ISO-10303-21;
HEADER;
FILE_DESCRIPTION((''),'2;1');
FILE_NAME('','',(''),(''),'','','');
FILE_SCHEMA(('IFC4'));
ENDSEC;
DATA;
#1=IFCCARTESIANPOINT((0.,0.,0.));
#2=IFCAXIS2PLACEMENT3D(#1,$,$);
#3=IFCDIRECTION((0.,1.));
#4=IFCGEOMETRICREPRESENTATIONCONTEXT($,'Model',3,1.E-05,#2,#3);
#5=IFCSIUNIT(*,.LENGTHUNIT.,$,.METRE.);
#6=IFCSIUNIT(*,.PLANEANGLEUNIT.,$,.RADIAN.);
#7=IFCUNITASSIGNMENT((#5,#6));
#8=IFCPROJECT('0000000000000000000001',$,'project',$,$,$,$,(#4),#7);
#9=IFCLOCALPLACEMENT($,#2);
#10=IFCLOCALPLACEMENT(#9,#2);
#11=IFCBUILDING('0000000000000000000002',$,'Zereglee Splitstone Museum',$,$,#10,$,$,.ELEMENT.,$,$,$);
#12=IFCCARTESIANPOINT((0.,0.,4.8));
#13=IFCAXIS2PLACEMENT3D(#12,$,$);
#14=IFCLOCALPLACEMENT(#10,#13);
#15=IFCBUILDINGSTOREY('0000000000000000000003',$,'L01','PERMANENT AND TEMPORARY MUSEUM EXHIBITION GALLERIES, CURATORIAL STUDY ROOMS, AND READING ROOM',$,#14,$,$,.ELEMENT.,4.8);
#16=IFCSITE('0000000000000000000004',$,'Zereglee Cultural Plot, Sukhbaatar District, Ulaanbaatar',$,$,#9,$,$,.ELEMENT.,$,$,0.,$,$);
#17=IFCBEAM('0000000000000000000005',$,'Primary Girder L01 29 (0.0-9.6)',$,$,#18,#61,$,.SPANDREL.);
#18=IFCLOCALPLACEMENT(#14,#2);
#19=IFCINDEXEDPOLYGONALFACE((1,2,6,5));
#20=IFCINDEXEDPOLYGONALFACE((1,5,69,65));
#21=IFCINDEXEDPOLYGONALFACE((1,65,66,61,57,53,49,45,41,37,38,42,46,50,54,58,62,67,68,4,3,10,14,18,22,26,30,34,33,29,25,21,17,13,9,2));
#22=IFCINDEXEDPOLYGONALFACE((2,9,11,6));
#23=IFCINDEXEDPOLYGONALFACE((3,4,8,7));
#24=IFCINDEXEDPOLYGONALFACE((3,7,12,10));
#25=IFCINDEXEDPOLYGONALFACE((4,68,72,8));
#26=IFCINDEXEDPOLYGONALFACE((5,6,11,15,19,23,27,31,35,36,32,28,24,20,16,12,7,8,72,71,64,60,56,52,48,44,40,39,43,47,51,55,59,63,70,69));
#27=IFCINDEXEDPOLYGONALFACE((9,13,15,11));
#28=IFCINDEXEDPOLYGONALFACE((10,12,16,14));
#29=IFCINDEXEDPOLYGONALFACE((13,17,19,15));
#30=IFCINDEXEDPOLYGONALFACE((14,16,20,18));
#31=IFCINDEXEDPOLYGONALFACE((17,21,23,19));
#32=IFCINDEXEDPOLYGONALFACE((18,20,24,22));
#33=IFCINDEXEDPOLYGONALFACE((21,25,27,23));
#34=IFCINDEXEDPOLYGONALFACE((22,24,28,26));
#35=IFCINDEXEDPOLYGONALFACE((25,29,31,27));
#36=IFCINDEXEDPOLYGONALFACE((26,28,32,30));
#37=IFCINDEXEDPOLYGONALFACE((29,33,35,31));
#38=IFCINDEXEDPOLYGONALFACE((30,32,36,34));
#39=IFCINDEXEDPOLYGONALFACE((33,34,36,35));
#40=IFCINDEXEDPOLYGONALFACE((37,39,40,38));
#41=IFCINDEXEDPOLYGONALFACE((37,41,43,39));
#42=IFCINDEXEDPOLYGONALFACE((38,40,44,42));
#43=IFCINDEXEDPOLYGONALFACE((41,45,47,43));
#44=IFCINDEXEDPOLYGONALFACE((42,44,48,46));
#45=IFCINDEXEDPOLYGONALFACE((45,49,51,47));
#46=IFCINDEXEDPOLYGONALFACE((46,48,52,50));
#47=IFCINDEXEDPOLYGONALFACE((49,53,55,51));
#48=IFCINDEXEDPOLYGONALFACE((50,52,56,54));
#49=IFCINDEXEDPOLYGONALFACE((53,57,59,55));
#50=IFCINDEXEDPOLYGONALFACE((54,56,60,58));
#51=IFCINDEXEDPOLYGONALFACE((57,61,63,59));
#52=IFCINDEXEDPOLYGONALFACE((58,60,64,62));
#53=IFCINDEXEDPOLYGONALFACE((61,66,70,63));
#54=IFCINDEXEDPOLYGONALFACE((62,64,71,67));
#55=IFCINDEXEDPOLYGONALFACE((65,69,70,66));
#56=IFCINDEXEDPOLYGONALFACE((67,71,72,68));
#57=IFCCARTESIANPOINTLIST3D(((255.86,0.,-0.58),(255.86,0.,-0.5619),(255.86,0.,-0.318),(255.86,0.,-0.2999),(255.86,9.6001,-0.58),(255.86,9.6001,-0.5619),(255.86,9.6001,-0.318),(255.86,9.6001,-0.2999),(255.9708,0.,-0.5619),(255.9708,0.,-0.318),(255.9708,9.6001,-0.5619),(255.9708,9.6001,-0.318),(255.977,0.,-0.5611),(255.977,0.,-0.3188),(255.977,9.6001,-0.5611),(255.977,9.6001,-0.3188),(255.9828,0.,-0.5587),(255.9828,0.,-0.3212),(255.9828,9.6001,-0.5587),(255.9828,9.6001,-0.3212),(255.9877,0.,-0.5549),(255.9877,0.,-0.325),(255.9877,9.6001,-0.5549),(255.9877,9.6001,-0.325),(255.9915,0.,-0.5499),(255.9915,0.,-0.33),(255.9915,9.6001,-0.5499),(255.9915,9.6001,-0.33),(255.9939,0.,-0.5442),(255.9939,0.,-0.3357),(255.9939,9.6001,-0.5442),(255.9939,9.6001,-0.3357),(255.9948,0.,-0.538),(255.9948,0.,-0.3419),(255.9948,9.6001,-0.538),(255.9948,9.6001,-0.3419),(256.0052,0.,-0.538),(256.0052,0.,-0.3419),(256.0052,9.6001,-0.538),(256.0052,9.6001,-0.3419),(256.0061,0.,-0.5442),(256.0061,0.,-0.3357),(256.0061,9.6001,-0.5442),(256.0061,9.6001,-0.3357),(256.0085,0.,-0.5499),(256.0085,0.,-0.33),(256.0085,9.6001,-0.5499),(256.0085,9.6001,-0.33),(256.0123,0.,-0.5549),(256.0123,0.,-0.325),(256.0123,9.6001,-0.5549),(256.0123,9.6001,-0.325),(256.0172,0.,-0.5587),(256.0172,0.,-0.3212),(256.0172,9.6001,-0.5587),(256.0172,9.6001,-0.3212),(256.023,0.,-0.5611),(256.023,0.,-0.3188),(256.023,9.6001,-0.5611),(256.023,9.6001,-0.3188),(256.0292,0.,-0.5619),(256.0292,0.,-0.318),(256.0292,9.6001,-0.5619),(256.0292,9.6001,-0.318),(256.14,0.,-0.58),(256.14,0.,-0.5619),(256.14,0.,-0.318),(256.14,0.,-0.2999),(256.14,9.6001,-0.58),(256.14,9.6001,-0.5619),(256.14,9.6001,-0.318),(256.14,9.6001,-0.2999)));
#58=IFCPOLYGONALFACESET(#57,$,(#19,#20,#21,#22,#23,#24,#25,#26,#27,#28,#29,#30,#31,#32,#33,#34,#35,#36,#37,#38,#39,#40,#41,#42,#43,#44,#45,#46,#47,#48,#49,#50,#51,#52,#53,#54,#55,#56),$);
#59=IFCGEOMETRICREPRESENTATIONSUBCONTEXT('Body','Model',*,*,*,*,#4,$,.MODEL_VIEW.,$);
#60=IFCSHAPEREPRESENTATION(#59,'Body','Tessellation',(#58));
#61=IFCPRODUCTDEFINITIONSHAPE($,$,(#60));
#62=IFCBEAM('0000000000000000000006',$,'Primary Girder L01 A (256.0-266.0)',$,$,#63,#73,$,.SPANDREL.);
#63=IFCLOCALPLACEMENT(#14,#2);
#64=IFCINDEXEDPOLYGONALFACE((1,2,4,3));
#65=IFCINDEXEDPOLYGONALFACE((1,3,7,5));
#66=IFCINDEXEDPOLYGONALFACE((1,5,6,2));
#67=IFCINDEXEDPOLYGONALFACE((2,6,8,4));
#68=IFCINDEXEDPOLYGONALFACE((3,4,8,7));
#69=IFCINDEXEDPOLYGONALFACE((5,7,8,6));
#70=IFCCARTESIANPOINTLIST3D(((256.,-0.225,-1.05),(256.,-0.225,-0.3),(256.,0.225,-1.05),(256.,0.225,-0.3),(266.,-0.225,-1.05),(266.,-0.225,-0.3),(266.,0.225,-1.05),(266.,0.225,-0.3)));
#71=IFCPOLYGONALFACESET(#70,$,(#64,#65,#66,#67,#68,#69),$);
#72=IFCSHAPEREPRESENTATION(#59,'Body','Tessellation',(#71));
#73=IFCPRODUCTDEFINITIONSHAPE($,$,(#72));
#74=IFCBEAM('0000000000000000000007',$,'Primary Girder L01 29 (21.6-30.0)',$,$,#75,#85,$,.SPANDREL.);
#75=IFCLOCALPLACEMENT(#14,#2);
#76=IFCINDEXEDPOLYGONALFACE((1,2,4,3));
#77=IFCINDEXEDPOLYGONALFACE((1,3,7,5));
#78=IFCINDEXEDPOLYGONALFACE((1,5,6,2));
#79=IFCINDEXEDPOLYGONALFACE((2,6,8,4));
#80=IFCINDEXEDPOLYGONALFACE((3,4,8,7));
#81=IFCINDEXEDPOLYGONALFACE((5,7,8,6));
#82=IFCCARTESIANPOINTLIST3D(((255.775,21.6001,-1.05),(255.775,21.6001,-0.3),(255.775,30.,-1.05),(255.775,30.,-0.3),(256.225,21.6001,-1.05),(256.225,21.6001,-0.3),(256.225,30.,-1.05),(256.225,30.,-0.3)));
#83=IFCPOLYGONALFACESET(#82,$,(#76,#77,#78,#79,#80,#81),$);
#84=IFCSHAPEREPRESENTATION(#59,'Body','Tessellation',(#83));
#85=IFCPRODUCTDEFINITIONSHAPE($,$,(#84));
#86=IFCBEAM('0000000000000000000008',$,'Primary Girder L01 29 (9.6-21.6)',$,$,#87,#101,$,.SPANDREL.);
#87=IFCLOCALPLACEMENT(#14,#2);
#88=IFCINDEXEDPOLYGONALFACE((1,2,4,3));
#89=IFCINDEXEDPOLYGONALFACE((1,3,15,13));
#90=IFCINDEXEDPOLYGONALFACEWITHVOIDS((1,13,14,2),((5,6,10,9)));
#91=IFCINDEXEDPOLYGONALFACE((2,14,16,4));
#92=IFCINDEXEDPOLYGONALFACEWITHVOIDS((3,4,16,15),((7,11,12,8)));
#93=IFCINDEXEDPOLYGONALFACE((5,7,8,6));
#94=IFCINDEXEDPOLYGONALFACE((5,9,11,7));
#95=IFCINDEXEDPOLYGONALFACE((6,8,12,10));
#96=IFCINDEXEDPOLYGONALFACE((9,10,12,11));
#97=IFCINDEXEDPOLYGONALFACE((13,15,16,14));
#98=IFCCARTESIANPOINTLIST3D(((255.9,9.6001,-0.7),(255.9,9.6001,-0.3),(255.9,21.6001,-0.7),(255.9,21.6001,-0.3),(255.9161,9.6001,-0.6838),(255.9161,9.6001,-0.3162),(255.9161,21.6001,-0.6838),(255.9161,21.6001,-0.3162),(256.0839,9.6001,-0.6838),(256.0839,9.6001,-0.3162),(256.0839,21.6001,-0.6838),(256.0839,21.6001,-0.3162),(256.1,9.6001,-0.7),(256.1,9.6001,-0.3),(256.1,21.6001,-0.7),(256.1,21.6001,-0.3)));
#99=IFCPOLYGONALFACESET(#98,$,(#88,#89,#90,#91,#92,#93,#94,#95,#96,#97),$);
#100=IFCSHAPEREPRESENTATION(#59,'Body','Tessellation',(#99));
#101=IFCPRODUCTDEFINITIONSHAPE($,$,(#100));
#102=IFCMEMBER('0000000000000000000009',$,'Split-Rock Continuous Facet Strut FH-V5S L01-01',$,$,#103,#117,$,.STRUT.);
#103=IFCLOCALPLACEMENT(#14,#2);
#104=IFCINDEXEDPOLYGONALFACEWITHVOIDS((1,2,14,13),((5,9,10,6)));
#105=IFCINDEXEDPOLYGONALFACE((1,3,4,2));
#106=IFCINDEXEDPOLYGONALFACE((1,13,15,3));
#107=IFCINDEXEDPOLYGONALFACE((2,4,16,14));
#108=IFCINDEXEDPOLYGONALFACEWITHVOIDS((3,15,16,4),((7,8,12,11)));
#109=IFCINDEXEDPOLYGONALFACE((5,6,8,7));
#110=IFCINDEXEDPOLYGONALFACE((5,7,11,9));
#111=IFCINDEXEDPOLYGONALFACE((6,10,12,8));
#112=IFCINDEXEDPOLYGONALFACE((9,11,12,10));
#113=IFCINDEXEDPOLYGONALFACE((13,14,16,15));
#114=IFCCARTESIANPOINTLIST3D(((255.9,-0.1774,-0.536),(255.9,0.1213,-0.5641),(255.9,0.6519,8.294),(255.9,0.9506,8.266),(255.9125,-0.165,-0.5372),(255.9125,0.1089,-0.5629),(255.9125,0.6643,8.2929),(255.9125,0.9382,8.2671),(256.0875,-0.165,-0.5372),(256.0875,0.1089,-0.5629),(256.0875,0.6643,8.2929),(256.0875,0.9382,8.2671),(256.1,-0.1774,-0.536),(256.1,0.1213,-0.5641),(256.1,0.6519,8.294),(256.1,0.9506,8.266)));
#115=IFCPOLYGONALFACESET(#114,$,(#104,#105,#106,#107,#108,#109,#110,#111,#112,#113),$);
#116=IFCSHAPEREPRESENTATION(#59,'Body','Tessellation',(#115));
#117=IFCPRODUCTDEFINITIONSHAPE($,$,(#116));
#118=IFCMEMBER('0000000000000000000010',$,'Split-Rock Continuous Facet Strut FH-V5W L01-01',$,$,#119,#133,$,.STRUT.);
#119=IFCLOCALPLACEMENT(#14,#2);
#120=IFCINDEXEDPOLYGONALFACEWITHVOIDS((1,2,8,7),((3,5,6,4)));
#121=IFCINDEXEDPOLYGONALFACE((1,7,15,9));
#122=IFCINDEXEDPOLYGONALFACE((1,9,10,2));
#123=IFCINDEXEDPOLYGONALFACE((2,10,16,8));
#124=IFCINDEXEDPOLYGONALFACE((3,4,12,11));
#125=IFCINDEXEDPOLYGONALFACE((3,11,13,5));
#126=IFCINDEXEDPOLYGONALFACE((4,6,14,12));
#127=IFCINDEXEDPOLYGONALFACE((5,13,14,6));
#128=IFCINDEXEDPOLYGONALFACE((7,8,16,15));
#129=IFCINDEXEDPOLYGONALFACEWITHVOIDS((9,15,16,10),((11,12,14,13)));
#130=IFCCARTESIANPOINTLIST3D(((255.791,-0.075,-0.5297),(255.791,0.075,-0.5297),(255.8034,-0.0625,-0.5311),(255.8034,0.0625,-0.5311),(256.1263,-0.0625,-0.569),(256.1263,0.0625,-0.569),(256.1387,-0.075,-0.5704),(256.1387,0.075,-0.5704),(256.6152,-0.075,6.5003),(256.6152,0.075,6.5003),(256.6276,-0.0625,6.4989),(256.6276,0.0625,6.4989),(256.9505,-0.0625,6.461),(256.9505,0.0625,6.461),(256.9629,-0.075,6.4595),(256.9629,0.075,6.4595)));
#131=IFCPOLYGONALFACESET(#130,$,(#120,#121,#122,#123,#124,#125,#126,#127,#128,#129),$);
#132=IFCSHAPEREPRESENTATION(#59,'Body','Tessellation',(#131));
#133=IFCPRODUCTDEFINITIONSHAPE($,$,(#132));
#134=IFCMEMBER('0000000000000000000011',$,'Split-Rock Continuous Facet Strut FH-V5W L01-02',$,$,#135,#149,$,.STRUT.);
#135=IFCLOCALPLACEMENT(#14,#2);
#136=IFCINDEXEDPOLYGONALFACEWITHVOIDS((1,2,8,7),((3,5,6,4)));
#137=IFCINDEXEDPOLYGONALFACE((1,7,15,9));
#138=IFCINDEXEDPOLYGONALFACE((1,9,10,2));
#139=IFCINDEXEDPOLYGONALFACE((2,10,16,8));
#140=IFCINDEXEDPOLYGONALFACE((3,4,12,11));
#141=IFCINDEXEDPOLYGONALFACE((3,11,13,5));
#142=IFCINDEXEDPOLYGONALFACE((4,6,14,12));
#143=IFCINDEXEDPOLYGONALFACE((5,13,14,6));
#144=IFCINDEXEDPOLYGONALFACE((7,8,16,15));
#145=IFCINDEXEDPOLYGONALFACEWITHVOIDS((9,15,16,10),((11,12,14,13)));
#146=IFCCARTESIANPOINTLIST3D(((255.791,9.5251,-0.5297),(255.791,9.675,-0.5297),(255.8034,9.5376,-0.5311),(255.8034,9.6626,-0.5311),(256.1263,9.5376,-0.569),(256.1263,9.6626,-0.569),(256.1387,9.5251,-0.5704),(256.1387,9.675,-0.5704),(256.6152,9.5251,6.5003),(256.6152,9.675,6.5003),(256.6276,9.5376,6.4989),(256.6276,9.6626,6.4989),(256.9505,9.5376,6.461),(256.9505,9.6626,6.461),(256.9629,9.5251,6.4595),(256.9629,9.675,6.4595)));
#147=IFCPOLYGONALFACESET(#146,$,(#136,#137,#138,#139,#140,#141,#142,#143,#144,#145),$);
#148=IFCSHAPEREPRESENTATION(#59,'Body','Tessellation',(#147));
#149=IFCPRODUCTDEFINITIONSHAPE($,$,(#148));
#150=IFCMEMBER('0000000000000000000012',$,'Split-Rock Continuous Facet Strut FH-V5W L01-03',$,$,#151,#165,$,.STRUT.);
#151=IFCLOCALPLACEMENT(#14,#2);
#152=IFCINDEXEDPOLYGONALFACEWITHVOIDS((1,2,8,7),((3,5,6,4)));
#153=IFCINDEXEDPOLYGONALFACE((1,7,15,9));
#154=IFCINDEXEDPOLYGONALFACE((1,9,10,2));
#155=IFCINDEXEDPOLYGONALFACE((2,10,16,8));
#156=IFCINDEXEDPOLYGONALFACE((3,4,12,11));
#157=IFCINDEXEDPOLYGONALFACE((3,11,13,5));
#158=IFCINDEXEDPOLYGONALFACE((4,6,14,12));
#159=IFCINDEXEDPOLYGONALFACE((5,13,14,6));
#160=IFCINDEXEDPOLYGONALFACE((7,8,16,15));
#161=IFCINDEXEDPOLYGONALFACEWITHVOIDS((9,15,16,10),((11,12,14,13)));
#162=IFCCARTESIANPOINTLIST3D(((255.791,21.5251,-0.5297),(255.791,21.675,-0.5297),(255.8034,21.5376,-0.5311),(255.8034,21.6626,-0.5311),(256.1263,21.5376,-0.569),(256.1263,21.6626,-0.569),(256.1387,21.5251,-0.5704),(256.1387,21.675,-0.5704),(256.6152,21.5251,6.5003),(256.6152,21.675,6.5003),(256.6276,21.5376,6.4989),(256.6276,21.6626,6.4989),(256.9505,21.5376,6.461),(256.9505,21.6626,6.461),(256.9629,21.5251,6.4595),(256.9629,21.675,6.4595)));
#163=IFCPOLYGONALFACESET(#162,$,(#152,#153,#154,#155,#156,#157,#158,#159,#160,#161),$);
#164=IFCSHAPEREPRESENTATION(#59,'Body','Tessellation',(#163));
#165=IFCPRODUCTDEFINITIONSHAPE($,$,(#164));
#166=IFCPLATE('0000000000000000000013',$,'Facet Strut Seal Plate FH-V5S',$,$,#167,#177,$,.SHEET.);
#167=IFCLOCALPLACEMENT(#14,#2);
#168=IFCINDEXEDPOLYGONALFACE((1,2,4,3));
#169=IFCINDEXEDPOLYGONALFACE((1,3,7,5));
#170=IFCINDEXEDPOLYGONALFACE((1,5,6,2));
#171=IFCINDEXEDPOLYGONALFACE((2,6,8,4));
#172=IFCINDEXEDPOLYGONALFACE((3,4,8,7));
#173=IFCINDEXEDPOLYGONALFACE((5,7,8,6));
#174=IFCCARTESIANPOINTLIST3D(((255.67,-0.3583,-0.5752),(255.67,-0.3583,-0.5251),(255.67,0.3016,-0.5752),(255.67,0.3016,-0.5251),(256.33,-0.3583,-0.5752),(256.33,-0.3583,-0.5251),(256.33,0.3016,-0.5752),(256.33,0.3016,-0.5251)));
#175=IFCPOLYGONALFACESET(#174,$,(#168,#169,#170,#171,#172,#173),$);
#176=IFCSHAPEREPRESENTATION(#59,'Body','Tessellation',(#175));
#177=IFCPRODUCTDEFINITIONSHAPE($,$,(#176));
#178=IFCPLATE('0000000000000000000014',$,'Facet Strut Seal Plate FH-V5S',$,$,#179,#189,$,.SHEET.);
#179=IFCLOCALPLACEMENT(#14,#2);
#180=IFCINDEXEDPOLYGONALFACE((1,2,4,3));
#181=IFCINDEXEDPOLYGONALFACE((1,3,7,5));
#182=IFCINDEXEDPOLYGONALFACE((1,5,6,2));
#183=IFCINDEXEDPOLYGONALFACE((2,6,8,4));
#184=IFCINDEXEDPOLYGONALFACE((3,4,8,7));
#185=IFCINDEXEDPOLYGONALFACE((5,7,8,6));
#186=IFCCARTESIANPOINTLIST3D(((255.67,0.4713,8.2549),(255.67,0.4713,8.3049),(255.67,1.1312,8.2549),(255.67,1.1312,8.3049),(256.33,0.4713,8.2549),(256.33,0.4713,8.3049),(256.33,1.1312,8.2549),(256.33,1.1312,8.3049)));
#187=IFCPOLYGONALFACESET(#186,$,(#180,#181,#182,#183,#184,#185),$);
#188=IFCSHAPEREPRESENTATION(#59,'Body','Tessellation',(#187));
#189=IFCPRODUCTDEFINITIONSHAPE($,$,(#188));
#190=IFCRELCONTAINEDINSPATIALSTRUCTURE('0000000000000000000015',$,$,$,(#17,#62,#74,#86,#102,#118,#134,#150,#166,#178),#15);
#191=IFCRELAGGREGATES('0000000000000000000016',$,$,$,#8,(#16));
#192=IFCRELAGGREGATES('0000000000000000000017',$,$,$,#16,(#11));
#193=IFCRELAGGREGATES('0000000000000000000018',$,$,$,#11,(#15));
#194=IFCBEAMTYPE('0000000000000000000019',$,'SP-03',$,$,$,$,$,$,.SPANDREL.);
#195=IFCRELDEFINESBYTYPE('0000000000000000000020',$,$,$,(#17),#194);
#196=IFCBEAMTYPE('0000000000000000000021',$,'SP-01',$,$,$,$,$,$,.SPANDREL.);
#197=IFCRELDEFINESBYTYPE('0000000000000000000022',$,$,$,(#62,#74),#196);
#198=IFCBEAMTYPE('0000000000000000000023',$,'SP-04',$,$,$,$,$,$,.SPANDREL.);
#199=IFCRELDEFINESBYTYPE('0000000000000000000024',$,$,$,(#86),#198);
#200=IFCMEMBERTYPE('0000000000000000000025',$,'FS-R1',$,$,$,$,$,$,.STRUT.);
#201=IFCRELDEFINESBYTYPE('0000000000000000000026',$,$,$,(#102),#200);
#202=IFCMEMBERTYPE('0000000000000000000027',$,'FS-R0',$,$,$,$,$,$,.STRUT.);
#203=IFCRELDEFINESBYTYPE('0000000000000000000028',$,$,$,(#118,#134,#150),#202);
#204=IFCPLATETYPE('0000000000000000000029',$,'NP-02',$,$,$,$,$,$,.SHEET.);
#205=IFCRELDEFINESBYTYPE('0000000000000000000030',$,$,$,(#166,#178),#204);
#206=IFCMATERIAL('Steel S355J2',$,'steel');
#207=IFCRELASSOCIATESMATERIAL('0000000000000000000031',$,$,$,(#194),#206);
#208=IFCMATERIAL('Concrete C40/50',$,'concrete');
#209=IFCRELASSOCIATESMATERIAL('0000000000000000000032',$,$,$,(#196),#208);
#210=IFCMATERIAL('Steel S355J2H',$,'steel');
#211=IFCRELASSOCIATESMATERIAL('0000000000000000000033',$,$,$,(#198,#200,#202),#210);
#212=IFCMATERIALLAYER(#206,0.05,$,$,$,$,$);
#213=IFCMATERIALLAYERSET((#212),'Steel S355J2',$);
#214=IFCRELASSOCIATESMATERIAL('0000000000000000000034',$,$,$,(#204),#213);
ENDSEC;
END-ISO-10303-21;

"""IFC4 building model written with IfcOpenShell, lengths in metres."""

from ifc_helpers import new_model, si_unit, direction, frame, origin, origin_2d, place, context, subcontext, project, spatial, rectangle, hollow_rectangle, i_section, extrude, material, layer, layer_set, material_profile, profile_set, type_object, element, save


model = new_model("IFC4")

# Units and contexts
model_context = context("Model", 3, precision=1e-05, world=origin(), true_north=direction((0.0, 1.0)))
body_context = subcontext(model_context, "Body", "Model", "MODEL_VIEW")
ifc_project = project(units=[si_unit("LENGTHUNIT", "METRE"), si_unit("PLANEANGLEUNIT", "RADIAN")], contexts=[model_context])

# Site, building, storey
site_placement = place(None, origin())
site = spatial("IfcSite", under=ifc_project, at=site_placement, Name="Zereglee Cultural Plot, Sukhbaatar District, Ulaanbaatar", CompositionType="ELEMENT", RefElevation=0.0)
building_placement = place(site_placement, origin())
building = spatial("IfcBuilding", under=site, at=building_placement, Name="Zereglee Splitstone Museum", CompositionType="ELEMENT")
storey_placement = place(building_placement, frame((0.0, 0.0, 4.8)))
storey = spatial("IfcBuildingStorey", under=building, at=storey_placement, Name="L01", Description="PERMANENT AND TEMPORARY MUSEUM EXHIBITION GALLERIES, CURATORIAL STUDY ROOMS, AND READING ROOM", CompositionType="ELEMENT", Elevation=4.8)

# Shared definitions
ifc_material_1 = material(Name="Steel S355J2H", Category="steel")

# Beams
ifc_material_2 = material(Name="Steel S355J2", Category="steel")
ifc_material_profile_1 = material_profile(ifc_material_2, i_section(OverallWidth=0.28, OverallDepth=0.28, WebThickness=0.0105, FlangeThickness=0.0181, FilletRadius=0.0239, at=origin_2d()), Name="HE 280 B")
ifc_profile_set_1 = profile_set([ifc_material_profile_1], Name="Steel S355J2")
beam_type_1 = type_object("IfcBeamType", Name="SP-03", PredefinedType="SPANDREL", material=ifc_profile_set_1)
beam_1_placement = place(storey_placement, frame((256.0, 0.0, -0.4399), z_axis=(0.0, 1.0, 0.0), x_axis=(-1.0, 0.0, 0.0)))
element("IfcBeam", 1, at=beam_1_placement, inside=storey, type_object=beam_type_1, Name="Primary Girder L01 29 (0.0-9.6)", PredefinedType="SPANDREL", context=body_context, shape_type="SweptSolid", body=[
    extrude(i_section(OverallWidth=0.28, OverallDepth=0.28, WebThickness=0.0105, FlangeThickness=0.0181, FilletRadius=0.0239, at=origin_2d()), origin(), (0.0, 0.0, 1.0), 9.6001),
])
ifc_material_3 = material(Name="Concrete C40/50", Category="concrete")
ifc_material_profile_2 = material_profile(ifc_material_3, rectangle(XDim=0.45, YDim=0.75, at=origin_2d()), Name="RC 450x750")
ifc_profile_set_2 = profile_set([ifc_material_profile_2], Name="Concrete C40/50")
beam_type_2 = type_object("IfcBeamType", Name="SP-01", PredefinedType="SPANDREL", material=ifc_profile_set_2)
beam_2_placement = place(storey_placement, frame((256.0, 0.0, -0.675), z_axis=(1.0, 0.0, 0.0), x_axis=(0.0, 1.0, 0.0)))
element("IfcBeam", 2, at=beam_2_placement, inside=storey, type_object=beam_type_2, Name="Primary Girder L01 A (256.0-266.0)", PredefinedType="SPANDREL", context=body_context, shape_type="SweptSolid", body=[
    extrude(rectangle(XDim=0.45, YDim=0.75, at=origin_2d()), origin(), (0.0, 0.0, 1.0), 10.0),
])
beam_3_placement = place(storey_placement, frame((256.0, 21.6001, -0.675), z_axis=(0.0, 1.0, 0.0), x_axis=(-1.0, 0.0, 0.0)))
element("IfcBeam", 3, at=beam_3_placement, inside=storey, type_object=beam_type_2, Name="Primary Girder L01 29 (21.6-30.0)", PredefinedType="SPANDREL", context=body_context, shape_type="SweptSolid", body=[
    extrude(rectangle(XDim=0.45, YDim=0.75, at=origin_2d()), origin(), (0.0, 0.0, 1.0), 8.3999),
])
ifc_material_profile_3 = material_profile(ifc_material_1, hollow_rectangle(XDim=0.2, YDim=0.3999, WallThickness=0.0161, at=origin_2d()), Name="RHS 400x200x16")
ifc_profile_set_3 = profile_set([ifc_material_profile_3], Name="Steel S355J2H")
beam_type_3 = type_object("IfcBeamType", Name="SP-04", PredefinedType="SPANDREL", material=ifc_profile_set_3)
beam_4_placement = place(storey_placement, frame((256.0, 9.6001, -0.5), z_axis=(0.0, 1.0, 0.0), x_axis=(-1.0, 0.0, 0.0)))
element("IfcBeam", 4, at=beam_4_placement, inside=storey, type_object=beam_type_3, Name="Primary Girder L01 29 (9.6-21.6)", PredefinedType="SPANDREL", context=body_context, shape_type="SweptSolid", body=[
    extrude(hollow_rectangle(XDim=0.2, YDim=0.3999, WallThickness=0.0161, at=origin_2d()), origin(), (0.0, 0.0, 1.0), 12.0),
])

# Members
ifc_material_profile_4 = material_profile(ifc_material_1, hollow_rectangle(XDim=0.2, YDim=0.3, WallThickness=0.0125, at=origin_2d()), Name="RHS 300x200x12.5")
ifc_profile_set_4 = profile_set([ifc_material_profile_4], Name="Steel S355J2H")
member_type_1 = type_object("IfcMemberType", Name="FS-R1", PredefinedType="STRUT", material=ifc_profile_set_4)
member_placement = place(storey_placement, frame((256.0, -0.0281, -0.55), z_axis=(0.0, 0.093511, 0.995618), x_axis=(-1.0, 0.0, 0.0)))
element("IfcMember", 5, at=member_placement, inside=storey, type_object=member_type_1, Name="Split-Rock Continuous Facet Strut FH-V5S L01-01", PredefinedType="STRUT", context=body_context, shape_type="SweptSolid", body=[
    extrude(hollow_rectangle(XDim=0.2, YDim=0.3, WallThickness=0.0125, at=origin_2d()), origin(), (0.0, 0.0, 1.0), 8.8689),
])
ifc_material_profile_5 = material_profile(ifc_material_1, hollow_rectangle(XDim=0.1499, YDim=0.3501, WallThickness=0.0125, at=origin_2d()), Name="RHS 350x150x12.5")
ifc_profile_set_5 = profile_set([ifc_material_profile_5], Name="Steel S355J2H")
member_type_2 = type_object("IfcMemberType", Name="FS-R0", PredefinedType="STRUT", material=ifc_profile_set_5)
for number, where, z_axis, x_axis, name in (
    (6, (255.9648, 0.0, -0.55), (0.116445, 0.0, 0.993197), (0.0, 1.0, 0.0), "Split-Rock Continuous Facet Strut FH-V5W L01-01"),
    (7, (255.9648, 9.6001, -0.55), (0.116445, 0.0, 0.993197), (0.0, 1.0, 0.0), "Split-Rock Continuous Facet Strut FH-V5W L01-02"),
    (8, (255.9648, 21.6001, -0.55), (0.116445, 0.0, 0.993197), (0.0, 1.0, 0.0), "Split-Rock Continuous Facet Strut FH-V5W L01-03"),
):
    element("IfcMember", number, at=place(storey_placement, frame(where, z_axis=z_axis, x_axis=x_axis)), inside=storey, type_object=member_type_2, Name=name, PredefinedType="STRUT", context=body_context, shape_type="SweptSolid", body=[
        extrude(hollow_rectangle(XDim=0.1499, YDim=0.3501, WallThickness=0.0125, at=origin_2d()), origin(), (0.0, 0.0, 1.0), 7.0781),
    ])

# Plates
ifc_layer_1 = layer(ifc_material_2, 0.05)
ifc_layer_set_1 = layer_set([ifc_layer_1], Name="Steel S355J2")
plate_type = type_object("IfcPlateType", Name="NP-02", PredefinedType="SHEET", material=ifc_layer_set_1)
for number, where, z_axis, x_axis, name in (
    (9, (256.0, -0.0283, -0.5752), (0.0, 0.0, 1.0), (1.0, 0.0, 0.0), "Facet Strut Seal Plate FH-V5S"),
    (10, (256.0, 0.8013, 8.2549), (0.0, 0.0, 1.0), (1.0, 0.0, 0.0), "Facet Strut Seal Plate FH-V5S"),
):
    element("IfcPlate", number, at=place(storey_placement, frame(where, z_axis=z_axis, x_axis=x_axis)), inside=storey, type_object=plate_type, Name=name, PredefinedType="SHEET", context=body_context, shape_type="SweptSolid", body=[
        extrude(rectangle(XDim=0.6599, YDim=0.6599, at=origin_2d()), origin(), (0.0, 0.0, 1.0), 0.05),
    ])

save(model, "model.ifc")
